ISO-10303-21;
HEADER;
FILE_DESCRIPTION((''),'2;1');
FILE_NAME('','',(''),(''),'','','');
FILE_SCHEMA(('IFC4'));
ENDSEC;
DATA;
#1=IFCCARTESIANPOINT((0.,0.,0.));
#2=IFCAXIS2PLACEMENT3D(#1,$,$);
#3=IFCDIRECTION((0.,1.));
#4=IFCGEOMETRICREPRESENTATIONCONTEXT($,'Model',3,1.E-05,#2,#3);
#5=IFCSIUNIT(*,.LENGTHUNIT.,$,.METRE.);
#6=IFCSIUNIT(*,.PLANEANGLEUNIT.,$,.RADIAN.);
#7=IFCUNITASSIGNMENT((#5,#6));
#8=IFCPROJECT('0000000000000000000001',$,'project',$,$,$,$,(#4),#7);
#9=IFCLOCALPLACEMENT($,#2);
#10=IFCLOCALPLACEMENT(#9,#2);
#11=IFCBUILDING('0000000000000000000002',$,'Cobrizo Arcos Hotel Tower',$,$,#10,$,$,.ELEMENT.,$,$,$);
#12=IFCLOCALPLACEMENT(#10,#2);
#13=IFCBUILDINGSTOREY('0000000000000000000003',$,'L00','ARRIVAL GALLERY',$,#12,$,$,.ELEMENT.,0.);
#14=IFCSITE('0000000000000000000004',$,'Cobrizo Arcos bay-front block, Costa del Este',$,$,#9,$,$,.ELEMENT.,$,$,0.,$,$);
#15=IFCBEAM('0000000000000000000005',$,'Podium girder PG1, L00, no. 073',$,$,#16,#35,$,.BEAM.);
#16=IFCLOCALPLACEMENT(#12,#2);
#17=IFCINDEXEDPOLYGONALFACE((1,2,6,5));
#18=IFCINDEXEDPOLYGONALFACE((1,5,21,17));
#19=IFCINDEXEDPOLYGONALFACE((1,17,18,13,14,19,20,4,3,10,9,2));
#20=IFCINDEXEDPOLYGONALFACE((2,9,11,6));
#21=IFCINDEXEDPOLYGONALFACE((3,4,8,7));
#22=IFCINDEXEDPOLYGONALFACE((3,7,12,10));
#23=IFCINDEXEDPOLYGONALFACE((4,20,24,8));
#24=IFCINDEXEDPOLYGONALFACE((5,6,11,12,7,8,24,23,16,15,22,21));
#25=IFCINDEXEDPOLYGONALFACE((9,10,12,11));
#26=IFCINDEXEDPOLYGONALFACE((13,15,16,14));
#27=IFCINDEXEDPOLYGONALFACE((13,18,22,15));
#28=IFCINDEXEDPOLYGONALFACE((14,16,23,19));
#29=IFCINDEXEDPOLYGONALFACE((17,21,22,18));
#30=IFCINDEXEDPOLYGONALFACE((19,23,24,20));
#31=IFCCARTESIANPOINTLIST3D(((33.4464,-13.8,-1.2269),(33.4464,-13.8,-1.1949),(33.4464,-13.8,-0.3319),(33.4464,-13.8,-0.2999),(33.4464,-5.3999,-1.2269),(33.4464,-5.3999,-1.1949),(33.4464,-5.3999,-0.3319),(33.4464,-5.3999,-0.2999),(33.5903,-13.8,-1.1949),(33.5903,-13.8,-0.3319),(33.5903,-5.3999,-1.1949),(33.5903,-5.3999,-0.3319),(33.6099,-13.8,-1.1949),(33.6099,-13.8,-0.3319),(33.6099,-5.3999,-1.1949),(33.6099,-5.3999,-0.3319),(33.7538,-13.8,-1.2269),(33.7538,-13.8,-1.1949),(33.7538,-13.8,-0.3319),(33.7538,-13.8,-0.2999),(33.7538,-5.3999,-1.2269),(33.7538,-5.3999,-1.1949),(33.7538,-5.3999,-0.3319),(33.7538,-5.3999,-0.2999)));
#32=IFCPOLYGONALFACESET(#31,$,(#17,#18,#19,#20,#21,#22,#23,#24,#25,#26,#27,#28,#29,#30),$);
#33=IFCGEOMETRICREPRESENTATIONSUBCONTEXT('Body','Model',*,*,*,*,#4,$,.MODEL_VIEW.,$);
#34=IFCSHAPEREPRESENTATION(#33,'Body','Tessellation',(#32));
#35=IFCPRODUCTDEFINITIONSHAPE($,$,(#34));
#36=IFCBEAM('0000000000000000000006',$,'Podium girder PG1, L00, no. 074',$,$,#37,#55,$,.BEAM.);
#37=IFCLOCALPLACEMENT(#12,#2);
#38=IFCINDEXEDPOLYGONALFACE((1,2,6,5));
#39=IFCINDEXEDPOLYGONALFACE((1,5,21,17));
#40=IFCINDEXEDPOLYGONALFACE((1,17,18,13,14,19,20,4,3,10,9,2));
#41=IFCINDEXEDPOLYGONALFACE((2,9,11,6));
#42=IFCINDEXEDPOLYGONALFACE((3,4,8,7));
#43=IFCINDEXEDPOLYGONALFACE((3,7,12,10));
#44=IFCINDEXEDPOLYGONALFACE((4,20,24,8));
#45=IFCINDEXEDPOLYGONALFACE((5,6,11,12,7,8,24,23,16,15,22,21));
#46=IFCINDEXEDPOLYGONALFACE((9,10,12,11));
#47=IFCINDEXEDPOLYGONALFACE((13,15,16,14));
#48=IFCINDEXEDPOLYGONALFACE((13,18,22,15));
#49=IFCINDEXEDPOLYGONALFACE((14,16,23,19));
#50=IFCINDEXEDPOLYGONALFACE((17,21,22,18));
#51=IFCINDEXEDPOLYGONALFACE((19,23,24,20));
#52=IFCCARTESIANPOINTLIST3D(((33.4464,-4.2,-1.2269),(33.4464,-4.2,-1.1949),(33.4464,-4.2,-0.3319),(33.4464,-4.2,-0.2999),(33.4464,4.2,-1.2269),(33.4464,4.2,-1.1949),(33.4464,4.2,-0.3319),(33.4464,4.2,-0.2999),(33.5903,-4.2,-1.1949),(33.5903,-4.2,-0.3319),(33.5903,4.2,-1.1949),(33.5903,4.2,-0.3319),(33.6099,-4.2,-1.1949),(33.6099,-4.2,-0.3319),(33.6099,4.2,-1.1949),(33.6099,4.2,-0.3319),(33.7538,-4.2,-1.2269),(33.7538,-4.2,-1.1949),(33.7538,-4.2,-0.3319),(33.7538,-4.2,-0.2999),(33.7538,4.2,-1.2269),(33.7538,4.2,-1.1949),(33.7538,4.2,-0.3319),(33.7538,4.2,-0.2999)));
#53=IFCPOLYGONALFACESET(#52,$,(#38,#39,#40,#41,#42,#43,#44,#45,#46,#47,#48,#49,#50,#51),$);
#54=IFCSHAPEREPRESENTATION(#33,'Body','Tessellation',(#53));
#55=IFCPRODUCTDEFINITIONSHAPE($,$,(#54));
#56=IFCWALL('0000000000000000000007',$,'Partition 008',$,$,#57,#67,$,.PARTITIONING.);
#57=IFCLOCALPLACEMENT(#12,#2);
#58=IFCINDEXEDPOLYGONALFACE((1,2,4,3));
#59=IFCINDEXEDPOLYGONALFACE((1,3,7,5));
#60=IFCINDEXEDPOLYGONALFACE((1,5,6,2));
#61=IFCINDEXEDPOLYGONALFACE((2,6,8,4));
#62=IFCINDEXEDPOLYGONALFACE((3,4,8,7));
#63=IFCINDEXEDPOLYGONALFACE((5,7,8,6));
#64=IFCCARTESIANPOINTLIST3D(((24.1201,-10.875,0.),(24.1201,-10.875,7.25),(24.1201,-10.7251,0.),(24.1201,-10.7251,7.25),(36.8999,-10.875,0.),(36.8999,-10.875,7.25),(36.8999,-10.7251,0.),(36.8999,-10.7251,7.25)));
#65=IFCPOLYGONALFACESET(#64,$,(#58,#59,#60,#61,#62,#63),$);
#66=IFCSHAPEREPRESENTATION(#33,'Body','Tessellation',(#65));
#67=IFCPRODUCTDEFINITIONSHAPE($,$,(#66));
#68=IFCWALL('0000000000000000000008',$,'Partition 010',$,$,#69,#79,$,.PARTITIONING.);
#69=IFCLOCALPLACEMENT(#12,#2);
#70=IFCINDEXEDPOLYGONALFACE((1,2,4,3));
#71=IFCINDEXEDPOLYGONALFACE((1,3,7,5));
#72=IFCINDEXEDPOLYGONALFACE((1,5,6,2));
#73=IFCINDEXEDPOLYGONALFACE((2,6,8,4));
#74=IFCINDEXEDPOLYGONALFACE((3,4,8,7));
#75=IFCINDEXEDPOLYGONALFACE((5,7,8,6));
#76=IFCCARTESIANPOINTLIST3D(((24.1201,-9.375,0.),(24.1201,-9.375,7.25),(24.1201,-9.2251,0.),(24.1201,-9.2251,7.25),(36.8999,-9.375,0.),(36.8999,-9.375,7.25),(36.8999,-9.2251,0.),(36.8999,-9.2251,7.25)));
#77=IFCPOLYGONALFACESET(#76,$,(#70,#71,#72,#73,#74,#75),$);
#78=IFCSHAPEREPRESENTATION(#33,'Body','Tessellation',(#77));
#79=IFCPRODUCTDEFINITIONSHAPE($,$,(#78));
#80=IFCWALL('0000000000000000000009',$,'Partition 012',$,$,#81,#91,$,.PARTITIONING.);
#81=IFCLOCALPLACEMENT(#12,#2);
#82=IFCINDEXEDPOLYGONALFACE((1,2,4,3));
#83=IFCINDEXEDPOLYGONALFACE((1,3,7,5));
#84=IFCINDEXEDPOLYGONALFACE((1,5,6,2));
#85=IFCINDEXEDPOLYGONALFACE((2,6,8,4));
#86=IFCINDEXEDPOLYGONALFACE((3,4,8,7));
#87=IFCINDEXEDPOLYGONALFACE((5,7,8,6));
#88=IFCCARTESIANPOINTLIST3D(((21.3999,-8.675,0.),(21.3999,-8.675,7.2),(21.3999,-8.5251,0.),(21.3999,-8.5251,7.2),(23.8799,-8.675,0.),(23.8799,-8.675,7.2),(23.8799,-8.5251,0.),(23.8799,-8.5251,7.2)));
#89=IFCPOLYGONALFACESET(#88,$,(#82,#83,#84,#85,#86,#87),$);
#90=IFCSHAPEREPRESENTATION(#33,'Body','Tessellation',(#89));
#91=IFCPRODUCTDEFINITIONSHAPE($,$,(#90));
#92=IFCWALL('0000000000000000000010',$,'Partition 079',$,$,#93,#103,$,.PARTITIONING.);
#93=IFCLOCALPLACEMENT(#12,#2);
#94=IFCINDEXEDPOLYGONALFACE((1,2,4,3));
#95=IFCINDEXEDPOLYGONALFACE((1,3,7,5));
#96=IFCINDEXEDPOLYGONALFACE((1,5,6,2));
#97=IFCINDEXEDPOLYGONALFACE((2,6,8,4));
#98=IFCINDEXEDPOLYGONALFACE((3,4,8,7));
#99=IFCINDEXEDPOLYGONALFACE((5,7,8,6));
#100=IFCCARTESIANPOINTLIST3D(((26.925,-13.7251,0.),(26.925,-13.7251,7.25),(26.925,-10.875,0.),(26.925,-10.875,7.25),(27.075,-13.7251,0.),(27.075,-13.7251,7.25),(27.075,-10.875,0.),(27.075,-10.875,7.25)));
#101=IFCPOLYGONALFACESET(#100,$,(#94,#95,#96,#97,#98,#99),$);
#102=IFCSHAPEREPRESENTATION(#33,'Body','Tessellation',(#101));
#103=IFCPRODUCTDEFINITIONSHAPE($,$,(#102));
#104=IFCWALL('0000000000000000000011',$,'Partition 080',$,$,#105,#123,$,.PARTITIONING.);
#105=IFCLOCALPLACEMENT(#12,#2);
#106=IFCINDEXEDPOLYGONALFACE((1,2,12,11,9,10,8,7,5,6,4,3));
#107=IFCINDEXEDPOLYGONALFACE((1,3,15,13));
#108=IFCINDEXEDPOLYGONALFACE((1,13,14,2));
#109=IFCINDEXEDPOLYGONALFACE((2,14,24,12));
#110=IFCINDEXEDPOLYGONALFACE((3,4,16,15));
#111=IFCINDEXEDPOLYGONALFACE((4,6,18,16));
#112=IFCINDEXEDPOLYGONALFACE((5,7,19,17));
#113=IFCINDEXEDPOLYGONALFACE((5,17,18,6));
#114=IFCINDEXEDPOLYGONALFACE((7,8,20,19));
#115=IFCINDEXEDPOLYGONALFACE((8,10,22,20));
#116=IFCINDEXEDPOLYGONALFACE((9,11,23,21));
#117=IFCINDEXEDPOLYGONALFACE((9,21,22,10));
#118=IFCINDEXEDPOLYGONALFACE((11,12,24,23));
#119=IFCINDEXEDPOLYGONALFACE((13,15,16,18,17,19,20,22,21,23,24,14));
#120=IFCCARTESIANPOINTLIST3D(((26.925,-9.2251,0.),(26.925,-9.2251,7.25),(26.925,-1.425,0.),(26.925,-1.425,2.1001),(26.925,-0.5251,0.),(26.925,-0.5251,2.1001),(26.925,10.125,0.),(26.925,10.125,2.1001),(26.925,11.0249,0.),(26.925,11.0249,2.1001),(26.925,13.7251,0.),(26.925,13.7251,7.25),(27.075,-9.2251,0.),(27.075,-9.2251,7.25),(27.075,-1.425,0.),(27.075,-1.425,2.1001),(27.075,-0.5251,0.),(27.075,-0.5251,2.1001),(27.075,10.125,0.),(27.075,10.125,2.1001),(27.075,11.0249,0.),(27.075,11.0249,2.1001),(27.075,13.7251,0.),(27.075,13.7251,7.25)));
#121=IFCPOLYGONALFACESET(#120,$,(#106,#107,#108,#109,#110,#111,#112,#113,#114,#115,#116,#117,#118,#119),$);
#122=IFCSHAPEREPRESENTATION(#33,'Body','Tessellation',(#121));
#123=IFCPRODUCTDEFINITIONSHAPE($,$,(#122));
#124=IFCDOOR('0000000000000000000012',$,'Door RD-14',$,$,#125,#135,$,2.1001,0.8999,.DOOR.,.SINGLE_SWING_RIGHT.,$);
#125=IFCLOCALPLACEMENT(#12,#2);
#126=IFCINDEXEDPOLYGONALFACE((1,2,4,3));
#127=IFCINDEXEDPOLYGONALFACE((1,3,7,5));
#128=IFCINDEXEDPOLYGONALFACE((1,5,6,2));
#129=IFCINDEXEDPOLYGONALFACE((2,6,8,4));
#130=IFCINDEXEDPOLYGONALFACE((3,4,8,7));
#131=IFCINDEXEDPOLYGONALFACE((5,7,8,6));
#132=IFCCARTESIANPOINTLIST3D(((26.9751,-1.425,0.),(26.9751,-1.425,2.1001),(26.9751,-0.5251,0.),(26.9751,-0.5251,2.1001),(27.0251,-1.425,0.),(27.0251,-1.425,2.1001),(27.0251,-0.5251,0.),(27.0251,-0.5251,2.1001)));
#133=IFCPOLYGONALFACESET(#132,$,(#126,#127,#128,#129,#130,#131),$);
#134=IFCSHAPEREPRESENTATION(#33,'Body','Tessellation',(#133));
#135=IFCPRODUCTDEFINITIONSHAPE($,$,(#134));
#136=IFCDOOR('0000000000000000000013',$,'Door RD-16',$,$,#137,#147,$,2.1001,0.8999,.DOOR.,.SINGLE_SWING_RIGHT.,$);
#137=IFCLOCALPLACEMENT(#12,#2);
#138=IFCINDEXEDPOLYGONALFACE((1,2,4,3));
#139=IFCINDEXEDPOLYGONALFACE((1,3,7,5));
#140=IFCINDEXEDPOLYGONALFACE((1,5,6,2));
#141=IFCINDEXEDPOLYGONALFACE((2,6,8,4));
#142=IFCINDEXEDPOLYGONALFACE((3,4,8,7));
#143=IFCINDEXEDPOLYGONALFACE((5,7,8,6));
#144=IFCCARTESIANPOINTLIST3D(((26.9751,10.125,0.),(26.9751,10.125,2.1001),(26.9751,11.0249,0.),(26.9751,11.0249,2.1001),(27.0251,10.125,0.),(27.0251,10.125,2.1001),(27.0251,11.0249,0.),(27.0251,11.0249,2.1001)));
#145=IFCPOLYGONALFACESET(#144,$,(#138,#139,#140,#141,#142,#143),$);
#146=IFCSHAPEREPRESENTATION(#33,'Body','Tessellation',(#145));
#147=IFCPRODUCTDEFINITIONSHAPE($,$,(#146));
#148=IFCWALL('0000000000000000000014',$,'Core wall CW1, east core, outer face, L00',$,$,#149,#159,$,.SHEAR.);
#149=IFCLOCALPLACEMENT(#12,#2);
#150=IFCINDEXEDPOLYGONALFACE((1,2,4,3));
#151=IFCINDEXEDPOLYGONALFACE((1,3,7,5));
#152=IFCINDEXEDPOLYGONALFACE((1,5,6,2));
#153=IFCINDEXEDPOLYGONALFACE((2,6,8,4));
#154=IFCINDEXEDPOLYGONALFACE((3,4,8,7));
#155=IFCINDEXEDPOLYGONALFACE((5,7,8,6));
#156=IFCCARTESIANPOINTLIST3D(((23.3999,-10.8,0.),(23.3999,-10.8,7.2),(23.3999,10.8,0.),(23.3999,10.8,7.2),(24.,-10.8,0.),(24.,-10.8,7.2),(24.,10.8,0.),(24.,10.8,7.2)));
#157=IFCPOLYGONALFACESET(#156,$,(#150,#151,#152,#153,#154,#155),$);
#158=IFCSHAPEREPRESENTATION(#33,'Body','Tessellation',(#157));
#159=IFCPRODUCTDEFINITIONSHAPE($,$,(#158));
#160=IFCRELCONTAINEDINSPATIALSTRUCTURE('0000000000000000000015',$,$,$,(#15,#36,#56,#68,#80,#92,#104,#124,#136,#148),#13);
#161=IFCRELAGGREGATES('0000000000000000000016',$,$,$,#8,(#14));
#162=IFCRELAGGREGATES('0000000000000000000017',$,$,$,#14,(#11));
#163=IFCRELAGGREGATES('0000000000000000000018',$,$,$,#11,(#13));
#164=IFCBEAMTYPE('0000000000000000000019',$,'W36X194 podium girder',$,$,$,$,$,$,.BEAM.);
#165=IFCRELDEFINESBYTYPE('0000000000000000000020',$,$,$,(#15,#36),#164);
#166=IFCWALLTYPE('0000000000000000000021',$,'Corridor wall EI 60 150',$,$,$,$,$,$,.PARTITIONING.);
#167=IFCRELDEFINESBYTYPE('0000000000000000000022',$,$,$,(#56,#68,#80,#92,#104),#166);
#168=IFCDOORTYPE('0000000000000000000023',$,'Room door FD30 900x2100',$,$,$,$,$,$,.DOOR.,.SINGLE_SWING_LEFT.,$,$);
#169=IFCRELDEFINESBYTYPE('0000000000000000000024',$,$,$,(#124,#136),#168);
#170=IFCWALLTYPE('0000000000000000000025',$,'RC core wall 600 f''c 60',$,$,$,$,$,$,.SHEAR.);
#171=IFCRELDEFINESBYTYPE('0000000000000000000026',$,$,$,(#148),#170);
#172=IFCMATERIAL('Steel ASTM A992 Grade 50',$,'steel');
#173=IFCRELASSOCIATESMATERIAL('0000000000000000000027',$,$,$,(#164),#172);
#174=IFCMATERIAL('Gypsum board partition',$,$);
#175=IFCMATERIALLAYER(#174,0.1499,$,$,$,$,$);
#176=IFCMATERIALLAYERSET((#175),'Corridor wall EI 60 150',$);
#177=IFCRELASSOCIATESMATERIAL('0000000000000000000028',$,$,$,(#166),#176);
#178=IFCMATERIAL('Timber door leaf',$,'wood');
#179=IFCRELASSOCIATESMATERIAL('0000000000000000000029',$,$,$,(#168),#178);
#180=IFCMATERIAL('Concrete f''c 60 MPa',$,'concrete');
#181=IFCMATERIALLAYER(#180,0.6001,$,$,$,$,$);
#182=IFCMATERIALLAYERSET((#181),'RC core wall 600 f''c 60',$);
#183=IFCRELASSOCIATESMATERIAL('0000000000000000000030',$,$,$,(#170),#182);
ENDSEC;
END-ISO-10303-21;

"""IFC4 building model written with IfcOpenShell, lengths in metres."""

from ifc_helpers import new_model, si_unit, direction, frame, frame_2d, origin, origin_2d, place, context, subcontext, project, spatial, rectangle, i_section, extrude, material, layer, layer_set, material_profile, profile_set, type_object, element, fill, save


model = new_model("IFC4")

# Units and contexts
model_context = context("Model", 3, precision=1e-05, world=origin(), true_north=direction((0.0, 1.0)))
body_context = subcontext(model_context, "Body", "Model", "MODEL_VIEW")
ifc_project = project(units=[si_unit("LENGTHUNIT", "METRE"), si_unit("PLANEANGLEUNIT", "RADIAN")], contexts=[model_context])

# Site, building, storey
site_placement = place(None, origin())
site = spatial("IfcSite", under=ifc_project, at=site_placement, Name="Cobrizo Arcos bay-front block, Costa del Este", CompositionType="ELEMENT", RefElevation=0.0)
building_placement = place(site_placement, origin())
building = spatial("IfcBuilding", under=site, at=building_placement, Name="Cobrizo Arcos Hotel Tower", CompositionType="ELEMENT")
storey_placement = place(building_placement, origin())
storey = spatial("IfcBuildingStorey", under=building, at=storey_placement, Name="L00", Description="ARRIVAL GALLERY", CompositionType="ELEMENT", Elevation=0.0)

# Beams
ifc_material_1 = material(Name="Steel ASTM A992 Grade 50", Category="steel")
ifc_material_profile_1 = material_profile(ifc_material_1, i_section(OverallWidth=0.3074, OverallDepth=0.927, WebThickness=0.0195, FlangeThickness=0.032, at=origin_2d()), Name="W36X194")
ifc_profile_set_1 = profile_set([ifc_material_profile_1], Name="Steel ASTM A992 Grade 50")
beam_type_1 = type_object("IfcBeamType", Name="W36X194 podium girder", PredefinedType="BEAM", material=ifc_profile_set_1)
beam_1_placement = place(storey_placement, frame((33.6001, -13.8, -0.7634), z_axis=(0.0, 1.0, 0.0), x_axis=(-1.0, 0.0, 0.0)))
element("IfcBeam", 1, at=beam_1_placement, inside=storey, type_object=beam_type_1, Name="Podium girder PG1, L00, no. 073", PredefinedType="BEAM", context=body_context, shape_type="SweptSolid", body=[
    extrude(i_section(OverallWidth=0.3074, OverallDepth=0.927, WebThickness=0.0195, FlangeThickness=0.032, at=origin_2d()), origin(), (0.0, 0.0, 1.0), 8.4001),
])
beam_2_placement = place(storey_placement, frame((33.6001, -4.2, -0.7634), z_axis=(0.0, 1.0, 0.0), x_axis=(-1.0, 0.0, 0.0)))
element("IfcBeam", 2, at=beam_2_placement, inside=storey, type_object=beam_type_1, Name="Podium girder PG1, L00, no. 074", PredefinedType="BEAM", context=body_context, shape_type="SweptSolid", body=[
    extrude(i_section(OverallWidth=0.3074, OverallDepth=0.927, WebThickness=0.0195, FlangeThickness=0.032, at=origin_2d()), origin(), (0.0, 0.0, 1.0), 8.3999),
])

# Walls
ifc_material_2 = material(Name="Gypsum board partition")
ifc_layer_1 = layer(ifc_material_2, 0.1499)
ifc_layer_set_1 = layer_set([ifc_layer_1], Name="Corridor wall EI 60 150")
wall_type_1 = type_object("IfcWallType", Name="Corridor wall EI 60 150", PredefinedType="PARTITIONING", material=ifc_layer_set_1)
for number, where, z_axis, x_axis, name in (
    (3, (24.1201, -10.8, 0.0), (0.0, 0.0, 1.0), (1.0, 0.0, 0.0), "Partition 008"),
    (4, (24.1201, -9.3, 0.0), (0.0, 0.0, 1.0), (1.0, 0.0, 0.0), "Partition 010"),
):
    element("IfcWall", number, at=place(storey_placement, frame(where, z_axis=z_axis, x_axis=x_axis)), inside=storey, type_object=wall_type_1, Name=name, PredefinedType="PARTITIONING", context=body_context, shape_type="SweptSolid", body=[
        extrude(rectangle(XDim=12.7798, YDim=0.1499, at=frame_2d((6.3899, 0.0))), origin(), (0.0, 0.0, 1.0), 7.25),
    ])
wall_1_placement = place(storey_placement, frame((21.3999, -8.6001, 0.0), z_axis=(0.0, 0.0, 1.0), x_axis=(1.0, 0.0, 0.0)))
element("IfcWall", 5, at=wall_1_placement, inside=storey, type_object=wall_type_1, Name="Partition 012", PredefinedType="PARTITIONING", context=body_context, shape_type="SweptSolid", body=[
    extrude(rectangle(XDim=2.48, YDim=0.1499, at=frame_2d((1.24, 0.0))), origin(), (0.0, 0.0, 1.0), 7.2),
])
wall_2_placement = place(storey_placement, frame((27.0, -13.7251, 0.0), z_axis=(0.0, 0.0, 1.0), x_axis=(0.0, 1.0, 0.0)))
element("IfcWall", 6, at=wall_2_placement, inside=storey, type_object=wall_type_1, Name="Partition 079", PredefinedType="PARTITIONING", context=body_context, shape_type="SweptSolid", body=[
    extrude(rectangle(XDim=2.8501, YDim=0.1499, at=frame_2d((1.425, 0.0))), origin(), (0.0, 0.0, 1.0), 7.25),
])

# Wall, openings, doors
wall_3_placement = place(storey_placement, frame((27.0, -9.2251, 0.0), z_axis=(0.0, 0.0, 1.0), x_axis=(0.0, 1.0, 0.0)))
wall_3 = element("IfcWall", 7, at=wall_3_placement, inside=storey, type_object=wall_type_1, Name="Partition 080", PredefinedType="PARTITIONING", context=body_context, shape_type="SweptSolid", body=[
    extrude(rectangle(XDim=22.9502, YDim=0.1499, at=frame_2d((11.4751, 0.0))), origin(), (0.0, 0.0, 1.0), 7.25),
])
opening_1_placement = place(wall_3_placement, frame((7.8, 0.0, 0.0)))
opening_1 = element("IfcOpeningElement", 8, at=opening_1_placement, cuts=wall_3, PredefinedType="OPENING", context=body_context, shape_type="SweptSolid", body=[
    extrude(rectangle(XDim=0.8999, YDim=2.1001, at=frame_2d((0.45, 1.05))), frame((0.0, 0.0869, 0.0), z_axis=(0.0, -1.0, 0.0), x_axis=(1.0, 0.0, 0.0)), (0.0, 0.0, 1.0), 0.1738),
])
opening_2_placement = place(wall_3_placement, frame((19.3501, 0.0, 0.0)))
opening_2 = element("IfcOpeningElement", 9, at=opening_2_placement, cuts=wall_3, PredefinedType="OPENING", context=body_context, shape_type="SweptSolid", body=[
    extrude(rectangle(XDim=0.8999, YDim=2.1001, at=frame_2d((0.45, 1.05))), frame((0.0, 0.0869, 0.0), z_axis=(0.0, -1.0, 0.0), x_axis=(1.0, 0.0, 0.0)), (0.0, 0.0, 1.0), 0.1738),
])
ifc_material_3 = material(Name="Timber door leaf", Category="wood")
door_type_1 = type_object("IfcDoorType", Name="Room door FD30 900x2100", OperationType="SINGLE_SWING_LEFT", PredefinedType="DOOR", material=ifc_material_3)
door_1_placement = place(opening_1_placement, origin())
door_1 = element("IfcDoor", 10, at=door_1_placement, inside=storey, type_object=door_type_1, Name="Door RD-14", OperationType="SINGLE_SWING_RIGHT", OverallHeight=2.1001, OverallWidth=0.8999, PredefinedType="DOOR", context=body_context, shape_type="SweptSolid", body=[
    extrude(rectangle(XDim=0.8999, YDim=2.1001, at=frame_2d((0.45, 1.05))), frame((0.0, 0.0249, 0.0), z_axis=(0.0, -1.0, 0.0), x_axis=(1.0, 0.0, 0.0)), (0.0, 0.0, 1.0), 0.05),
])
fill(opening_1, door_1)
door_2_placement = place(opening_2_placement, origin())
door_2 = element("IfcDoor", 11, at=door_2_placement, inside=storey, type_object=door_type_1, Name="Door RD-16", OperationType="SINGLE_SWING_RIGHT", OverallHeight=2.1001, OverallWidth=0.8999, PredefinedType="DOOR", context=body_context, shape_type="SweptSolid", body=[
    extrude(rectangle(XDim=0.8999, YDim=2.1001, at=frame_2d((0.45, 1.05))), frame((0.0, 0.0249, 0.0), z_axis=(0.0, -1.0, 0.0), x_axis=(1.0, 0.0, 0.0)), (0.0, 0.0, 1.0), 0.05),
])
fill(opening_2, door_2)

# Wall
ifc_material_4 = material(Name="Concrete f'c 60 MPa", Category="concrete")
ifc_layer_2 = layer(ifc_material_4, 0.6001)
ifc_layer_set_2 = layer_set([ifc_layer_2], Name="RC core wall 600 f'c 60")
wall_type_2 = type_object("IfcWallType", Name="RC core wall 600 f'c 60", PredefinedType="SHEAR", material=ifc_layer_set_2)
wall_4_placement = place(storey_placement, frame((23.7, -10.8, 0.0), z_axis=(0.0, 0.0, 1.0), x_axis=(0.0, 1.0, 0.0)))
element("IfcWall", 12, at=wall_4_placement, inside=storey, type_object=wall_type_2, Name="Core wall CW1, east core, outer face, L00", PredefinedType="SHEAR", context=body_context, shape_type="SweptSolid", body=[
    extrude(rectangle(XDim=21.6001, YDim=0.6001, at=frame_2d((10.8, 0.0))), origin(), (0.0, 0.0, 1.0), 7.2),
])

save(model, "model.ifc")
